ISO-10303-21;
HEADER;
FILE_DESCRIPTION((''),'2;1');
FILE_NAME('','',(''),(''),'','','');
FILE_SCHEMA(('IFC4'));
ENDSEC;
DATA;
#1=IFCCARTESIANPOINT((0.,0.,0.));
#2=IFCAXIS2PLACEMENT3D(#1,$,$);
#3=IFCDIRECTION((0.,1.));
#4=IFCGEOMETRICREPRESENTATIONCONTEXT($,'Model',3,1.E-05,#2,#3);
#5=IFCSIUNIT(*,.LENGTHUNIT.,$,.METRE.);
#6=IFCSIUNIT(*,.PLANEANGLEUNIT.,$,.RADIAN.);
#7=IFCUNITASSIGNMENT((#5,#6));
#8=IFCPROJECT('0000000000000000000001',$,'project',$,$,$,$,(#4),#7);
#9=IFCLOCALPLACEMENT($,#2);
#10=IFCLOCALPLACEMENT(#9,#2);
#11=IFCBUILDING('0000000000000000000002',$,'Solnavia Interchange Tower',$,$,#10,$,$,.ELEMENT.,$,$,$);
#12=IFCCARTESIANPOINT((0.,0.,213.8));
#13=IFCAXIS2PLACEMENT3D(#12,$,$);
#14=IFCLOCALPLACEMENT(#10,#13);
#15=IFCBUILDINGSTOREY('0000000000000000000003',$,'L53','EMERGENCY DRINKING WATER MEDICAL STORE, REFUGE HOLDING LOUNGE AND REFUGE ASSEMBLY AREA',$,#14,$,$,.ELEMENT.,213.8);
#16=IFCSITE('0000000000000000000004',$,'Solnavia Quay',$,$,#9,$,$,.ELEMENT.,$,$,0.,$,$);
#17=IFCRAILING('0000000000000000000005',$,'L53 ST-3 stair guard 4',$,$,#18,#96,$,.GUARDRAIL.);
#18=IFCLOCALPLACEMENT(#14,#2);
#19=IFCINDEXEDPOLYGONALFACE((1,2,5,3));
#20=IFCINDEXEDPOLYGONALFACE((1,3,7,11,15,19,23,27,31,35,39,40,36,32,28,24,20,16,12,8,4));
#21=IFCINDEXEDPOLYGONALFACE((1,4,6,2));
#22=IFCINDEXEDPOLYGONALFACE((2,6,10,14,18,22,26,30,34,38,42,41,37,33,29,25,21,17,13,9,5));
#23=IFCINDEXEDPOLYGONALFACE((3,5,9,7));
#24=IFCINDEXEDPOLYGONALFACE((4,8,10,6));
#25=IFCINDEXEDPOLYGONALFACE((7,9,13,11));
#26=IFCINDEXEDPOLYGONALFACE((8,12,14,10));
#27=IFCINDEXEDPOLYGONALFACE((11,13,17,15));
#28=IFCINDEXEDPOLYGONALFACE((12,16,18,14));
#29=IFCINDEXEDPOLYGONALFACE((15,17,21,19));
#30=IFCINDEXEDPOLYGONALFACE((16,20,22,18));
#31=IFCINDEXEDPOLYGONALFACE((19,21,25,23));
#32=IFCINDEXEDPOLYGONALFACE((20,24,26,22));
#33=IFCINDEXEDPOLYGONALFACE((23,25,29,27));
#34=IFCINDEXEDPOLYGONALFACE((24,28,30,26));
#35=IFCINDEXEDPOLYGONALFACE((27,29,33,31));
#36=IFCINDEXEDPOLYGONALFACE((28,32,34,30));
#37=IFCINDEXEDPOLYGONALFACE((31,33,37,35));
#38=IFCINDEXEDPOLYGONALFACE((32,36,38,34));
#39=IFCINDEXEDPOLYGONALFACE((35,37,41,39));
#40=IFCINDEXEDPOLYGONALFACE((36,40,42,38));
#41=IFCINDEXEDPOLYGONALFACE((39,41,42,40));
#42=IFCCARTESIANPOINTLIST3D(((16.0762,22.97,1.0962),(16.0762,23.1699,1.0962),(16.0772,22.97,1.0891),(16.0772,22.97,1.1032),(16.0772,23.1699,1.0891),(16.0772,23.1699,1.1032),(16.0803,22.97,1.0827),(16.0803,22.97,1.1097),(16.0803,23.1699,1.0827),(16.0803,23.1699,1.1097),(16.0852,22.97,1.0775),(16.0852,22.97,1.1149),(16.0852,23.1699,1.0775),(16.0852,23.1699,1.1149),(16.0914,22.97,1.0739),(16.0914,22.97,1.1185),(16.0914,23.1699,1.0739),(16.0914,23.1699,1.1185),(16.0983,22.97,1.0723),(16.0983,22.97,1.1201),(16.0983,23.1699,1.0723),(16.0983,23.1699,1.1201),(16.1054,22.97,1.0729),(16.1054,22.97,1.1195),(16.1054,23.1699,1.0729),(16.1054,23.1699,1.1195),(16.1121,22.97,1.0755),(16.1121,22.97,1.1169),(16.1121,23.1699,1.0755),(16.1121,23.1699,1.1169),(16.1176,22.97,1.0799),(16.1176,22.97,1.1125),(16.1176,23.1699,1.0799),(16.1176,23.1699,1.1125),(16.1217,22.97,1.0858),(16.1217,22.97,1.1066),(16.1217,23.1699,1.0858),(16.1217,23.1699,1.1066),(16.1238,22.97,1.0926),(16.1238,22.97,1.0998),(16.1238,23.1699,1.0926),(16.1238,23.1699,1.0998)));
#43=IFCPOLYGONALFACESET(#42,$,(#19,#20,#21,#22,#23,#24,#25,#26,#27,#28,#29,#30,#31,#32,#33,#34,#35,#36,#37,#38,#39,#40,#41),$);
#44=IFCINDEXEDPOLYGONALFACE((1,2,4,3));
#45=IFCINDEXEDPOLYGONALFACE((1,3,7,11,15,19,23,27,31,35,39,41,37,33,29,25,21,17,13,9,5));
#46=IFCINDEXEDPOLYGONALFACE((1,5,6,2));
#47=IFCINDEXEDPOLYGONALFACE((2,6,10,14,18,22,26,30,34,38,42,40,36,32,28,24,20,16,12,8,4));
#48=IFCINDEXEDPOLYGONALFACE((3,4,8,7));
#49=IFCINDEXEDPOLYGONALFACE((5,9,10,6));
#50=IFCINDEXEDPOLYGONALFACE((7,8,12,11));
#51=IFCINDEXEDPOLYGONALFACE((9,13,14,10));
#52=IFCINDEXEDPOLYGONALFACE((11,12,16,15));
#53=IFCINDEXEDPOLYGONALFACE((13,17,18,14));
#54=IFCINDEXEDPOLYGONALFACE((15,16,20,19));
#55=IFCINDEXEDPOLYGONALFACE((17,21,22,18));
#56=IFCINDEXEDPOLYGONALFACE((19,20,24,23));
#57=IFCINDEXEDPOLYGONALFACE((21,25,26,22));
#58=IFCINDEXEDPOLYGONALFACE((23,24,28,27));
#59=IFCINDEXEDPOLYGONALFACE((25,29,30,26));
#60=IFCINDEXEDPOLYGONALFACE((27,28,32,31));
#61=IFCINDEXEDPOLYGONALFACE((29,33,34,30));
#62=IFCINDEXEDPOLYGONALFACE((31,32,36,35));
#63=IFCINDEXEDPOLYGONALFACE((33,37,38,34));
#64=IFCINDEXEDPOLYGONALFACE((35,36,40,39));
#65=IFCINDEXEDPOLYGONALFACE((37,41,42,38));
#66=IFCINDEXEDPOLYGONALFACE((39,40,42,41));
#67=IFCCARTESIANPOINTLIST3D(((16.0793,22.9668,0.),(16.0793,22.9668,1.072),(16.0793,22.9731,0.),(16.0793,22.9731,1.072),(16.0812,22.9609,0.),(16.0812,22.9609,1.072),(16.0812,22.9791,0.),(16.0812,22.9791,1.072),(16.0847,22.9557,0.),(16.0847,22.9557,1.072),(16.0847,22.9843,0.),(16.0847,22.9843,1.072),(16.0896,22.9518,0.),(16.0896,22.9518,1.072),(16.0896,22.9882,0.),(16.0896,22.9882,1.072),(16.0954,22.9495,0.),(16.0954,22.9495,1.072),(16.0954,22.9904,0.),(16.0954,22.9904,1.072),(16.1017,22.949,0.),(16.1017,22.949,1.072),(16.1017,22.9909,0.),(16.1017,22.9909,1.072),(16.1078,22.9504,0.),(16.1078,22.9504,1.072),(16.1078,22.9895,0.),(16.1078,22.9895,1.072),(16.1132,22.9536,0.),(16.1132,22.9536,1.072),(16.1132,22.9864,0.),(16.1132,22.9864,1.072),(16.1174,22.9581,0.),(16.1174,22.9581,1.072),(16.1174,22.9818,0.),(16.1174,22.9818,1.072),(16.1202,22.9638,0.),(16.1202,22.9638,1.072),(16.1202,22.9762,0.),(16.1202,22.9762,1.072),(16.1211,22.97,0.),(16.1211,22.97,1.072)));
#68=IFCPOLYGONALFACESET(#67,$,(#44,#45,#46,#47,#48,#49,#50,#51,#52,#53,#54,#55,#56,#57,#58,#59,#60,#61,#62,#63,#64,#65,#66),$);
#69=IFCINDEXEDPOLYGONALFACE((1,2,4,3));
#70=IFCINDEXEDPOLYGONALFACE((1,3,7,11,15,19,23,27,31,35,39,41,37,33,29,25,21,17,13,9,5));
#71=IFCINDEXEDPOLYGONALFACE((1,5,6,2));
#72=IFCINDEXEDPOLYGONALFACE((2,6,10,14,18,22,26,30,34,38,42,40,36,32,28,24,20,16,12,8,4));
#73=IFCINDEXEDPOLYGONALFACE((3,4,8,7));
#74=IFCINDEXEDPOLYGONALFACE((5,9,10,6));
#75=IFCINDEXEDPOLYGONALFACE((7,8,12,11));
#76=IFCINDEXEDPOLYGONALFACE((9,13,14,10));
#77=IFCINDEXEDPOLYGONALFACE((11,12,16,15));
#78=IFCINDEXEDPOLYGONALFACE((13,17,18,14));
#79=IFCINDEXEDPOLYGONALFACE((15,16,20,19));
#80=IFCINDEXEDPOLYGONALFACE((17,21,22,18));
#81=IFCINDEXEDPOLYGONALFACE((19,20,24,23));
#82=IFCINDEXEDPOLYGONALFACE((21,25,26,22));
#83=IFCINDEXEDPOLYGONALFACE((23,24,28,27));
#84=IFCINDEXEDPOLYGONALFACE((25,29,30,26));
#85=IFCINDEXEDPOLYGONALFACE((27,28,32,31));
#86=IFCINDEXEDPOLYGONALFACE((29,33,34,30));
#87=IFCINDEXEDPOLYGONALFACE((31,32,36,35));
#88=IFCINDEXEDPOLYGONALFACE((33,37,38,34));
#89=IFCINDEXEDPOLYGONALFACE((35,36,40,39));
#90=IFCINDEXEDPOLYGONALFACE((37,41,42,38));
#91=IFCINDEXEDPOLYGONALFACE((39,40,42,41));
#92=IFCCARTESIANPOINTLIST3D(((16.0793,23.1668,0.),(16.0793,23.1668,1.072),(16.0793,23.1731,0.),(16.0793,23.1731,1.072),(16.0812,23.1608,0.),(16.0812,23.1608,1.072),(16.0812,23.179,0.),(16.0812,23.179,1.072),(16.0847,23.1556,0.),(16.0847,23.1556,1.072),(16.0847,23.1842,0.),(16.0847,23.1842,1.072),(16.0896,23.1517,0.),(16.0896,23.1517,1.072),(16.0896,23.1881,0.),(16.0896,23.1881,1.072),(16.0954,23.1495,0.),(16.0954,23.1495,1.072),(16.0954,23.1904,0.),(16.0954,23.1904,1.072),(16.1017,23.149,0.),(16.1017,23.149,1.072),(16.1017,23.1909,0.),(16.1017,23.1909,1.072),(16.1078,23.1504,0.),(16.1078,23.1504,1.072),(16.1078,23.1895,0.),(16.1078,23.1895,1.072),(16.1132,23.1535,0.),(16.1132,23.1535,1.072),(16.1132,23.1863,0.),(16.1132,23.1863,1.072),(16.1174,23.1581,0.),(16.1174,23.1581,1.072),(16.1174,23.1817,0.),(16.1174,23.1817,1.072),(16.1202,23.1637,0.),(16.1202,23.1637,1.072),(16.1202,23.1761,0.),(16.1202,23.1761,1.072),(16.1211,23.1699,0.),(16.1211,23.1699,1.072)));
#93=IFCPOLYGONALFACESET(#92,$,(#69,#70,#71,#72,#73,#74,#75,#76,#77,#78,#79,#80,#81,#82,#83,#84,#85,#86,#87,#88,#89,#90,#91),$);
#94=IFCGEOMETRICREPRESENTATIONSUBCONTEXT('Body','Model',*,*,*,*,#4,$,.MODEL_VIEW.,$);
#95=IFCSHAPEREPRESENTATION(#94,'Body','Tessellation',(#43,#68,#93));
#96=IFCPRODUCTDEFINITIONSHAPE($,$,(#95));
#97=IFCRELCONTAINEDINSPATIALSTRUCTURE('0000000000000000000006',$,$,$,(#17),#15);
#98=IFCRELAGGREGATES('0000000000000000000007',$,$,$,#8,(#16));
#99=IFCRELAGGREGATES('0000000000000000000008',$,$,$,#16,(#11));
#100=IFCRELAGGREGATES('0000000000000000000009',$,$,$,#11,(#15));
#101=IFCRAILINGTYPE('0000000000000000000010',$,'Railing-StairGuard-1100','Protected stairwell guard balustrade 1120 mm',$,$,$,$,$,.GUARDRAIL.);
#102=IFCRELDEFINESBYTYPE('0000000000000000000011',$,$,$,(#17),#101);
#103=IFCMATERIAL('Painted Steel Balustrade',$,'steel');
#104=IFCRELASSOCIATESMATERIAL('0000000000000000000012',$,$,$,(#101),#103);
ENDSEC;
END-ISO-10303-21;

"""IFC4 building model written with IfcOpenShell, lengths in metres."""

from ifc_helpers import new_model, si_unit, direction, frame, origin, origin_2d, place, context, subcontext, project, spatial, circle, extrude, material, type_object, element, save


model = new_model("IFC4")

# Units and contexts
model_context = context("Model", 3, precision=1e-05, world=origin(), true_north=direction((0.0, 1.0)))
body_context = subcontext(model_context, "Body", "Model", "MODEL_VIEW")
ifc_project = project(units=[si_unit("LENGTHUNIT", "METRE"), si_unit("PLANEANGLEUNIT", "RADIAN")], contexts=[model_context])

# Site, building, storey
site_placement = place(None, origin())
site = spatial("IfcSite", under=ifc_project, at=site_placement, Name="Solnavia Quay", CompositionType="ELEMENT", RefElevation=0.0)
building_placement = place(site_placement, origin())
building = spatial("IfcBuilding", under=site, at=building_placement, Name="Solnavia Interchange Tower", CompositionType="ELEMENT")
storey_placement = place(building_placement, frame((0.0, 0.0, 213.8)))
storey = spatial("IfcBuildingStorey", under=building, at=storey_placement, Name="L53", Description="EMERGENCY DRINKING WATER MEDICAL STORE, REFUGE HOLDING LOUNGE AND REFUGE ASSEMBLY AREA", CompositionType="ELEMENT", Elevation=213.8)

# Railing
ifc_material_1 = material(Name="Painted Steel Balustrade", Category="steel")
railing_type_1 = type_object("IfcRailingType", Name="Railing-StairGuard-1100", Description="Protected stairwell guard balustrade 1120 mm", PredefinedType="GUARDRAIL", material=ifc_material_1)
railing_1_placement = place(storey_placement, frame((16.1001, 22.97, 0.0)))
element("IfcRailing", 1, at=railing_1_placement, inside=storey, type_object=railing_type_1, Name="L53 ST-3 stair guard 4", PredefinedType="GUARDRAIL", context=body_context, shape_type="SweptSolid", body=[
    extrude(circle(Radius=0.0239, at=origin_2d()), frame((0.0, 0.0, 1.0962), z_axis=(0.0, 1.0, 0.0), x_axis=(-1.0, 0.0, 0.0)), (0.0, 0.0, 1.0), 0.2),
    extrude(circle(Radius=0.021, at=origin_2d()), origin(), (0.0, 0.0, 1.0), 1.072),
    extrude(circle(Radius=0.021, at=origin_2d()), frame((0.0, 0.2, 0.0)), (0.0, 0.0, 1.0), 1.072),
])

save(model, "model.ifc")
